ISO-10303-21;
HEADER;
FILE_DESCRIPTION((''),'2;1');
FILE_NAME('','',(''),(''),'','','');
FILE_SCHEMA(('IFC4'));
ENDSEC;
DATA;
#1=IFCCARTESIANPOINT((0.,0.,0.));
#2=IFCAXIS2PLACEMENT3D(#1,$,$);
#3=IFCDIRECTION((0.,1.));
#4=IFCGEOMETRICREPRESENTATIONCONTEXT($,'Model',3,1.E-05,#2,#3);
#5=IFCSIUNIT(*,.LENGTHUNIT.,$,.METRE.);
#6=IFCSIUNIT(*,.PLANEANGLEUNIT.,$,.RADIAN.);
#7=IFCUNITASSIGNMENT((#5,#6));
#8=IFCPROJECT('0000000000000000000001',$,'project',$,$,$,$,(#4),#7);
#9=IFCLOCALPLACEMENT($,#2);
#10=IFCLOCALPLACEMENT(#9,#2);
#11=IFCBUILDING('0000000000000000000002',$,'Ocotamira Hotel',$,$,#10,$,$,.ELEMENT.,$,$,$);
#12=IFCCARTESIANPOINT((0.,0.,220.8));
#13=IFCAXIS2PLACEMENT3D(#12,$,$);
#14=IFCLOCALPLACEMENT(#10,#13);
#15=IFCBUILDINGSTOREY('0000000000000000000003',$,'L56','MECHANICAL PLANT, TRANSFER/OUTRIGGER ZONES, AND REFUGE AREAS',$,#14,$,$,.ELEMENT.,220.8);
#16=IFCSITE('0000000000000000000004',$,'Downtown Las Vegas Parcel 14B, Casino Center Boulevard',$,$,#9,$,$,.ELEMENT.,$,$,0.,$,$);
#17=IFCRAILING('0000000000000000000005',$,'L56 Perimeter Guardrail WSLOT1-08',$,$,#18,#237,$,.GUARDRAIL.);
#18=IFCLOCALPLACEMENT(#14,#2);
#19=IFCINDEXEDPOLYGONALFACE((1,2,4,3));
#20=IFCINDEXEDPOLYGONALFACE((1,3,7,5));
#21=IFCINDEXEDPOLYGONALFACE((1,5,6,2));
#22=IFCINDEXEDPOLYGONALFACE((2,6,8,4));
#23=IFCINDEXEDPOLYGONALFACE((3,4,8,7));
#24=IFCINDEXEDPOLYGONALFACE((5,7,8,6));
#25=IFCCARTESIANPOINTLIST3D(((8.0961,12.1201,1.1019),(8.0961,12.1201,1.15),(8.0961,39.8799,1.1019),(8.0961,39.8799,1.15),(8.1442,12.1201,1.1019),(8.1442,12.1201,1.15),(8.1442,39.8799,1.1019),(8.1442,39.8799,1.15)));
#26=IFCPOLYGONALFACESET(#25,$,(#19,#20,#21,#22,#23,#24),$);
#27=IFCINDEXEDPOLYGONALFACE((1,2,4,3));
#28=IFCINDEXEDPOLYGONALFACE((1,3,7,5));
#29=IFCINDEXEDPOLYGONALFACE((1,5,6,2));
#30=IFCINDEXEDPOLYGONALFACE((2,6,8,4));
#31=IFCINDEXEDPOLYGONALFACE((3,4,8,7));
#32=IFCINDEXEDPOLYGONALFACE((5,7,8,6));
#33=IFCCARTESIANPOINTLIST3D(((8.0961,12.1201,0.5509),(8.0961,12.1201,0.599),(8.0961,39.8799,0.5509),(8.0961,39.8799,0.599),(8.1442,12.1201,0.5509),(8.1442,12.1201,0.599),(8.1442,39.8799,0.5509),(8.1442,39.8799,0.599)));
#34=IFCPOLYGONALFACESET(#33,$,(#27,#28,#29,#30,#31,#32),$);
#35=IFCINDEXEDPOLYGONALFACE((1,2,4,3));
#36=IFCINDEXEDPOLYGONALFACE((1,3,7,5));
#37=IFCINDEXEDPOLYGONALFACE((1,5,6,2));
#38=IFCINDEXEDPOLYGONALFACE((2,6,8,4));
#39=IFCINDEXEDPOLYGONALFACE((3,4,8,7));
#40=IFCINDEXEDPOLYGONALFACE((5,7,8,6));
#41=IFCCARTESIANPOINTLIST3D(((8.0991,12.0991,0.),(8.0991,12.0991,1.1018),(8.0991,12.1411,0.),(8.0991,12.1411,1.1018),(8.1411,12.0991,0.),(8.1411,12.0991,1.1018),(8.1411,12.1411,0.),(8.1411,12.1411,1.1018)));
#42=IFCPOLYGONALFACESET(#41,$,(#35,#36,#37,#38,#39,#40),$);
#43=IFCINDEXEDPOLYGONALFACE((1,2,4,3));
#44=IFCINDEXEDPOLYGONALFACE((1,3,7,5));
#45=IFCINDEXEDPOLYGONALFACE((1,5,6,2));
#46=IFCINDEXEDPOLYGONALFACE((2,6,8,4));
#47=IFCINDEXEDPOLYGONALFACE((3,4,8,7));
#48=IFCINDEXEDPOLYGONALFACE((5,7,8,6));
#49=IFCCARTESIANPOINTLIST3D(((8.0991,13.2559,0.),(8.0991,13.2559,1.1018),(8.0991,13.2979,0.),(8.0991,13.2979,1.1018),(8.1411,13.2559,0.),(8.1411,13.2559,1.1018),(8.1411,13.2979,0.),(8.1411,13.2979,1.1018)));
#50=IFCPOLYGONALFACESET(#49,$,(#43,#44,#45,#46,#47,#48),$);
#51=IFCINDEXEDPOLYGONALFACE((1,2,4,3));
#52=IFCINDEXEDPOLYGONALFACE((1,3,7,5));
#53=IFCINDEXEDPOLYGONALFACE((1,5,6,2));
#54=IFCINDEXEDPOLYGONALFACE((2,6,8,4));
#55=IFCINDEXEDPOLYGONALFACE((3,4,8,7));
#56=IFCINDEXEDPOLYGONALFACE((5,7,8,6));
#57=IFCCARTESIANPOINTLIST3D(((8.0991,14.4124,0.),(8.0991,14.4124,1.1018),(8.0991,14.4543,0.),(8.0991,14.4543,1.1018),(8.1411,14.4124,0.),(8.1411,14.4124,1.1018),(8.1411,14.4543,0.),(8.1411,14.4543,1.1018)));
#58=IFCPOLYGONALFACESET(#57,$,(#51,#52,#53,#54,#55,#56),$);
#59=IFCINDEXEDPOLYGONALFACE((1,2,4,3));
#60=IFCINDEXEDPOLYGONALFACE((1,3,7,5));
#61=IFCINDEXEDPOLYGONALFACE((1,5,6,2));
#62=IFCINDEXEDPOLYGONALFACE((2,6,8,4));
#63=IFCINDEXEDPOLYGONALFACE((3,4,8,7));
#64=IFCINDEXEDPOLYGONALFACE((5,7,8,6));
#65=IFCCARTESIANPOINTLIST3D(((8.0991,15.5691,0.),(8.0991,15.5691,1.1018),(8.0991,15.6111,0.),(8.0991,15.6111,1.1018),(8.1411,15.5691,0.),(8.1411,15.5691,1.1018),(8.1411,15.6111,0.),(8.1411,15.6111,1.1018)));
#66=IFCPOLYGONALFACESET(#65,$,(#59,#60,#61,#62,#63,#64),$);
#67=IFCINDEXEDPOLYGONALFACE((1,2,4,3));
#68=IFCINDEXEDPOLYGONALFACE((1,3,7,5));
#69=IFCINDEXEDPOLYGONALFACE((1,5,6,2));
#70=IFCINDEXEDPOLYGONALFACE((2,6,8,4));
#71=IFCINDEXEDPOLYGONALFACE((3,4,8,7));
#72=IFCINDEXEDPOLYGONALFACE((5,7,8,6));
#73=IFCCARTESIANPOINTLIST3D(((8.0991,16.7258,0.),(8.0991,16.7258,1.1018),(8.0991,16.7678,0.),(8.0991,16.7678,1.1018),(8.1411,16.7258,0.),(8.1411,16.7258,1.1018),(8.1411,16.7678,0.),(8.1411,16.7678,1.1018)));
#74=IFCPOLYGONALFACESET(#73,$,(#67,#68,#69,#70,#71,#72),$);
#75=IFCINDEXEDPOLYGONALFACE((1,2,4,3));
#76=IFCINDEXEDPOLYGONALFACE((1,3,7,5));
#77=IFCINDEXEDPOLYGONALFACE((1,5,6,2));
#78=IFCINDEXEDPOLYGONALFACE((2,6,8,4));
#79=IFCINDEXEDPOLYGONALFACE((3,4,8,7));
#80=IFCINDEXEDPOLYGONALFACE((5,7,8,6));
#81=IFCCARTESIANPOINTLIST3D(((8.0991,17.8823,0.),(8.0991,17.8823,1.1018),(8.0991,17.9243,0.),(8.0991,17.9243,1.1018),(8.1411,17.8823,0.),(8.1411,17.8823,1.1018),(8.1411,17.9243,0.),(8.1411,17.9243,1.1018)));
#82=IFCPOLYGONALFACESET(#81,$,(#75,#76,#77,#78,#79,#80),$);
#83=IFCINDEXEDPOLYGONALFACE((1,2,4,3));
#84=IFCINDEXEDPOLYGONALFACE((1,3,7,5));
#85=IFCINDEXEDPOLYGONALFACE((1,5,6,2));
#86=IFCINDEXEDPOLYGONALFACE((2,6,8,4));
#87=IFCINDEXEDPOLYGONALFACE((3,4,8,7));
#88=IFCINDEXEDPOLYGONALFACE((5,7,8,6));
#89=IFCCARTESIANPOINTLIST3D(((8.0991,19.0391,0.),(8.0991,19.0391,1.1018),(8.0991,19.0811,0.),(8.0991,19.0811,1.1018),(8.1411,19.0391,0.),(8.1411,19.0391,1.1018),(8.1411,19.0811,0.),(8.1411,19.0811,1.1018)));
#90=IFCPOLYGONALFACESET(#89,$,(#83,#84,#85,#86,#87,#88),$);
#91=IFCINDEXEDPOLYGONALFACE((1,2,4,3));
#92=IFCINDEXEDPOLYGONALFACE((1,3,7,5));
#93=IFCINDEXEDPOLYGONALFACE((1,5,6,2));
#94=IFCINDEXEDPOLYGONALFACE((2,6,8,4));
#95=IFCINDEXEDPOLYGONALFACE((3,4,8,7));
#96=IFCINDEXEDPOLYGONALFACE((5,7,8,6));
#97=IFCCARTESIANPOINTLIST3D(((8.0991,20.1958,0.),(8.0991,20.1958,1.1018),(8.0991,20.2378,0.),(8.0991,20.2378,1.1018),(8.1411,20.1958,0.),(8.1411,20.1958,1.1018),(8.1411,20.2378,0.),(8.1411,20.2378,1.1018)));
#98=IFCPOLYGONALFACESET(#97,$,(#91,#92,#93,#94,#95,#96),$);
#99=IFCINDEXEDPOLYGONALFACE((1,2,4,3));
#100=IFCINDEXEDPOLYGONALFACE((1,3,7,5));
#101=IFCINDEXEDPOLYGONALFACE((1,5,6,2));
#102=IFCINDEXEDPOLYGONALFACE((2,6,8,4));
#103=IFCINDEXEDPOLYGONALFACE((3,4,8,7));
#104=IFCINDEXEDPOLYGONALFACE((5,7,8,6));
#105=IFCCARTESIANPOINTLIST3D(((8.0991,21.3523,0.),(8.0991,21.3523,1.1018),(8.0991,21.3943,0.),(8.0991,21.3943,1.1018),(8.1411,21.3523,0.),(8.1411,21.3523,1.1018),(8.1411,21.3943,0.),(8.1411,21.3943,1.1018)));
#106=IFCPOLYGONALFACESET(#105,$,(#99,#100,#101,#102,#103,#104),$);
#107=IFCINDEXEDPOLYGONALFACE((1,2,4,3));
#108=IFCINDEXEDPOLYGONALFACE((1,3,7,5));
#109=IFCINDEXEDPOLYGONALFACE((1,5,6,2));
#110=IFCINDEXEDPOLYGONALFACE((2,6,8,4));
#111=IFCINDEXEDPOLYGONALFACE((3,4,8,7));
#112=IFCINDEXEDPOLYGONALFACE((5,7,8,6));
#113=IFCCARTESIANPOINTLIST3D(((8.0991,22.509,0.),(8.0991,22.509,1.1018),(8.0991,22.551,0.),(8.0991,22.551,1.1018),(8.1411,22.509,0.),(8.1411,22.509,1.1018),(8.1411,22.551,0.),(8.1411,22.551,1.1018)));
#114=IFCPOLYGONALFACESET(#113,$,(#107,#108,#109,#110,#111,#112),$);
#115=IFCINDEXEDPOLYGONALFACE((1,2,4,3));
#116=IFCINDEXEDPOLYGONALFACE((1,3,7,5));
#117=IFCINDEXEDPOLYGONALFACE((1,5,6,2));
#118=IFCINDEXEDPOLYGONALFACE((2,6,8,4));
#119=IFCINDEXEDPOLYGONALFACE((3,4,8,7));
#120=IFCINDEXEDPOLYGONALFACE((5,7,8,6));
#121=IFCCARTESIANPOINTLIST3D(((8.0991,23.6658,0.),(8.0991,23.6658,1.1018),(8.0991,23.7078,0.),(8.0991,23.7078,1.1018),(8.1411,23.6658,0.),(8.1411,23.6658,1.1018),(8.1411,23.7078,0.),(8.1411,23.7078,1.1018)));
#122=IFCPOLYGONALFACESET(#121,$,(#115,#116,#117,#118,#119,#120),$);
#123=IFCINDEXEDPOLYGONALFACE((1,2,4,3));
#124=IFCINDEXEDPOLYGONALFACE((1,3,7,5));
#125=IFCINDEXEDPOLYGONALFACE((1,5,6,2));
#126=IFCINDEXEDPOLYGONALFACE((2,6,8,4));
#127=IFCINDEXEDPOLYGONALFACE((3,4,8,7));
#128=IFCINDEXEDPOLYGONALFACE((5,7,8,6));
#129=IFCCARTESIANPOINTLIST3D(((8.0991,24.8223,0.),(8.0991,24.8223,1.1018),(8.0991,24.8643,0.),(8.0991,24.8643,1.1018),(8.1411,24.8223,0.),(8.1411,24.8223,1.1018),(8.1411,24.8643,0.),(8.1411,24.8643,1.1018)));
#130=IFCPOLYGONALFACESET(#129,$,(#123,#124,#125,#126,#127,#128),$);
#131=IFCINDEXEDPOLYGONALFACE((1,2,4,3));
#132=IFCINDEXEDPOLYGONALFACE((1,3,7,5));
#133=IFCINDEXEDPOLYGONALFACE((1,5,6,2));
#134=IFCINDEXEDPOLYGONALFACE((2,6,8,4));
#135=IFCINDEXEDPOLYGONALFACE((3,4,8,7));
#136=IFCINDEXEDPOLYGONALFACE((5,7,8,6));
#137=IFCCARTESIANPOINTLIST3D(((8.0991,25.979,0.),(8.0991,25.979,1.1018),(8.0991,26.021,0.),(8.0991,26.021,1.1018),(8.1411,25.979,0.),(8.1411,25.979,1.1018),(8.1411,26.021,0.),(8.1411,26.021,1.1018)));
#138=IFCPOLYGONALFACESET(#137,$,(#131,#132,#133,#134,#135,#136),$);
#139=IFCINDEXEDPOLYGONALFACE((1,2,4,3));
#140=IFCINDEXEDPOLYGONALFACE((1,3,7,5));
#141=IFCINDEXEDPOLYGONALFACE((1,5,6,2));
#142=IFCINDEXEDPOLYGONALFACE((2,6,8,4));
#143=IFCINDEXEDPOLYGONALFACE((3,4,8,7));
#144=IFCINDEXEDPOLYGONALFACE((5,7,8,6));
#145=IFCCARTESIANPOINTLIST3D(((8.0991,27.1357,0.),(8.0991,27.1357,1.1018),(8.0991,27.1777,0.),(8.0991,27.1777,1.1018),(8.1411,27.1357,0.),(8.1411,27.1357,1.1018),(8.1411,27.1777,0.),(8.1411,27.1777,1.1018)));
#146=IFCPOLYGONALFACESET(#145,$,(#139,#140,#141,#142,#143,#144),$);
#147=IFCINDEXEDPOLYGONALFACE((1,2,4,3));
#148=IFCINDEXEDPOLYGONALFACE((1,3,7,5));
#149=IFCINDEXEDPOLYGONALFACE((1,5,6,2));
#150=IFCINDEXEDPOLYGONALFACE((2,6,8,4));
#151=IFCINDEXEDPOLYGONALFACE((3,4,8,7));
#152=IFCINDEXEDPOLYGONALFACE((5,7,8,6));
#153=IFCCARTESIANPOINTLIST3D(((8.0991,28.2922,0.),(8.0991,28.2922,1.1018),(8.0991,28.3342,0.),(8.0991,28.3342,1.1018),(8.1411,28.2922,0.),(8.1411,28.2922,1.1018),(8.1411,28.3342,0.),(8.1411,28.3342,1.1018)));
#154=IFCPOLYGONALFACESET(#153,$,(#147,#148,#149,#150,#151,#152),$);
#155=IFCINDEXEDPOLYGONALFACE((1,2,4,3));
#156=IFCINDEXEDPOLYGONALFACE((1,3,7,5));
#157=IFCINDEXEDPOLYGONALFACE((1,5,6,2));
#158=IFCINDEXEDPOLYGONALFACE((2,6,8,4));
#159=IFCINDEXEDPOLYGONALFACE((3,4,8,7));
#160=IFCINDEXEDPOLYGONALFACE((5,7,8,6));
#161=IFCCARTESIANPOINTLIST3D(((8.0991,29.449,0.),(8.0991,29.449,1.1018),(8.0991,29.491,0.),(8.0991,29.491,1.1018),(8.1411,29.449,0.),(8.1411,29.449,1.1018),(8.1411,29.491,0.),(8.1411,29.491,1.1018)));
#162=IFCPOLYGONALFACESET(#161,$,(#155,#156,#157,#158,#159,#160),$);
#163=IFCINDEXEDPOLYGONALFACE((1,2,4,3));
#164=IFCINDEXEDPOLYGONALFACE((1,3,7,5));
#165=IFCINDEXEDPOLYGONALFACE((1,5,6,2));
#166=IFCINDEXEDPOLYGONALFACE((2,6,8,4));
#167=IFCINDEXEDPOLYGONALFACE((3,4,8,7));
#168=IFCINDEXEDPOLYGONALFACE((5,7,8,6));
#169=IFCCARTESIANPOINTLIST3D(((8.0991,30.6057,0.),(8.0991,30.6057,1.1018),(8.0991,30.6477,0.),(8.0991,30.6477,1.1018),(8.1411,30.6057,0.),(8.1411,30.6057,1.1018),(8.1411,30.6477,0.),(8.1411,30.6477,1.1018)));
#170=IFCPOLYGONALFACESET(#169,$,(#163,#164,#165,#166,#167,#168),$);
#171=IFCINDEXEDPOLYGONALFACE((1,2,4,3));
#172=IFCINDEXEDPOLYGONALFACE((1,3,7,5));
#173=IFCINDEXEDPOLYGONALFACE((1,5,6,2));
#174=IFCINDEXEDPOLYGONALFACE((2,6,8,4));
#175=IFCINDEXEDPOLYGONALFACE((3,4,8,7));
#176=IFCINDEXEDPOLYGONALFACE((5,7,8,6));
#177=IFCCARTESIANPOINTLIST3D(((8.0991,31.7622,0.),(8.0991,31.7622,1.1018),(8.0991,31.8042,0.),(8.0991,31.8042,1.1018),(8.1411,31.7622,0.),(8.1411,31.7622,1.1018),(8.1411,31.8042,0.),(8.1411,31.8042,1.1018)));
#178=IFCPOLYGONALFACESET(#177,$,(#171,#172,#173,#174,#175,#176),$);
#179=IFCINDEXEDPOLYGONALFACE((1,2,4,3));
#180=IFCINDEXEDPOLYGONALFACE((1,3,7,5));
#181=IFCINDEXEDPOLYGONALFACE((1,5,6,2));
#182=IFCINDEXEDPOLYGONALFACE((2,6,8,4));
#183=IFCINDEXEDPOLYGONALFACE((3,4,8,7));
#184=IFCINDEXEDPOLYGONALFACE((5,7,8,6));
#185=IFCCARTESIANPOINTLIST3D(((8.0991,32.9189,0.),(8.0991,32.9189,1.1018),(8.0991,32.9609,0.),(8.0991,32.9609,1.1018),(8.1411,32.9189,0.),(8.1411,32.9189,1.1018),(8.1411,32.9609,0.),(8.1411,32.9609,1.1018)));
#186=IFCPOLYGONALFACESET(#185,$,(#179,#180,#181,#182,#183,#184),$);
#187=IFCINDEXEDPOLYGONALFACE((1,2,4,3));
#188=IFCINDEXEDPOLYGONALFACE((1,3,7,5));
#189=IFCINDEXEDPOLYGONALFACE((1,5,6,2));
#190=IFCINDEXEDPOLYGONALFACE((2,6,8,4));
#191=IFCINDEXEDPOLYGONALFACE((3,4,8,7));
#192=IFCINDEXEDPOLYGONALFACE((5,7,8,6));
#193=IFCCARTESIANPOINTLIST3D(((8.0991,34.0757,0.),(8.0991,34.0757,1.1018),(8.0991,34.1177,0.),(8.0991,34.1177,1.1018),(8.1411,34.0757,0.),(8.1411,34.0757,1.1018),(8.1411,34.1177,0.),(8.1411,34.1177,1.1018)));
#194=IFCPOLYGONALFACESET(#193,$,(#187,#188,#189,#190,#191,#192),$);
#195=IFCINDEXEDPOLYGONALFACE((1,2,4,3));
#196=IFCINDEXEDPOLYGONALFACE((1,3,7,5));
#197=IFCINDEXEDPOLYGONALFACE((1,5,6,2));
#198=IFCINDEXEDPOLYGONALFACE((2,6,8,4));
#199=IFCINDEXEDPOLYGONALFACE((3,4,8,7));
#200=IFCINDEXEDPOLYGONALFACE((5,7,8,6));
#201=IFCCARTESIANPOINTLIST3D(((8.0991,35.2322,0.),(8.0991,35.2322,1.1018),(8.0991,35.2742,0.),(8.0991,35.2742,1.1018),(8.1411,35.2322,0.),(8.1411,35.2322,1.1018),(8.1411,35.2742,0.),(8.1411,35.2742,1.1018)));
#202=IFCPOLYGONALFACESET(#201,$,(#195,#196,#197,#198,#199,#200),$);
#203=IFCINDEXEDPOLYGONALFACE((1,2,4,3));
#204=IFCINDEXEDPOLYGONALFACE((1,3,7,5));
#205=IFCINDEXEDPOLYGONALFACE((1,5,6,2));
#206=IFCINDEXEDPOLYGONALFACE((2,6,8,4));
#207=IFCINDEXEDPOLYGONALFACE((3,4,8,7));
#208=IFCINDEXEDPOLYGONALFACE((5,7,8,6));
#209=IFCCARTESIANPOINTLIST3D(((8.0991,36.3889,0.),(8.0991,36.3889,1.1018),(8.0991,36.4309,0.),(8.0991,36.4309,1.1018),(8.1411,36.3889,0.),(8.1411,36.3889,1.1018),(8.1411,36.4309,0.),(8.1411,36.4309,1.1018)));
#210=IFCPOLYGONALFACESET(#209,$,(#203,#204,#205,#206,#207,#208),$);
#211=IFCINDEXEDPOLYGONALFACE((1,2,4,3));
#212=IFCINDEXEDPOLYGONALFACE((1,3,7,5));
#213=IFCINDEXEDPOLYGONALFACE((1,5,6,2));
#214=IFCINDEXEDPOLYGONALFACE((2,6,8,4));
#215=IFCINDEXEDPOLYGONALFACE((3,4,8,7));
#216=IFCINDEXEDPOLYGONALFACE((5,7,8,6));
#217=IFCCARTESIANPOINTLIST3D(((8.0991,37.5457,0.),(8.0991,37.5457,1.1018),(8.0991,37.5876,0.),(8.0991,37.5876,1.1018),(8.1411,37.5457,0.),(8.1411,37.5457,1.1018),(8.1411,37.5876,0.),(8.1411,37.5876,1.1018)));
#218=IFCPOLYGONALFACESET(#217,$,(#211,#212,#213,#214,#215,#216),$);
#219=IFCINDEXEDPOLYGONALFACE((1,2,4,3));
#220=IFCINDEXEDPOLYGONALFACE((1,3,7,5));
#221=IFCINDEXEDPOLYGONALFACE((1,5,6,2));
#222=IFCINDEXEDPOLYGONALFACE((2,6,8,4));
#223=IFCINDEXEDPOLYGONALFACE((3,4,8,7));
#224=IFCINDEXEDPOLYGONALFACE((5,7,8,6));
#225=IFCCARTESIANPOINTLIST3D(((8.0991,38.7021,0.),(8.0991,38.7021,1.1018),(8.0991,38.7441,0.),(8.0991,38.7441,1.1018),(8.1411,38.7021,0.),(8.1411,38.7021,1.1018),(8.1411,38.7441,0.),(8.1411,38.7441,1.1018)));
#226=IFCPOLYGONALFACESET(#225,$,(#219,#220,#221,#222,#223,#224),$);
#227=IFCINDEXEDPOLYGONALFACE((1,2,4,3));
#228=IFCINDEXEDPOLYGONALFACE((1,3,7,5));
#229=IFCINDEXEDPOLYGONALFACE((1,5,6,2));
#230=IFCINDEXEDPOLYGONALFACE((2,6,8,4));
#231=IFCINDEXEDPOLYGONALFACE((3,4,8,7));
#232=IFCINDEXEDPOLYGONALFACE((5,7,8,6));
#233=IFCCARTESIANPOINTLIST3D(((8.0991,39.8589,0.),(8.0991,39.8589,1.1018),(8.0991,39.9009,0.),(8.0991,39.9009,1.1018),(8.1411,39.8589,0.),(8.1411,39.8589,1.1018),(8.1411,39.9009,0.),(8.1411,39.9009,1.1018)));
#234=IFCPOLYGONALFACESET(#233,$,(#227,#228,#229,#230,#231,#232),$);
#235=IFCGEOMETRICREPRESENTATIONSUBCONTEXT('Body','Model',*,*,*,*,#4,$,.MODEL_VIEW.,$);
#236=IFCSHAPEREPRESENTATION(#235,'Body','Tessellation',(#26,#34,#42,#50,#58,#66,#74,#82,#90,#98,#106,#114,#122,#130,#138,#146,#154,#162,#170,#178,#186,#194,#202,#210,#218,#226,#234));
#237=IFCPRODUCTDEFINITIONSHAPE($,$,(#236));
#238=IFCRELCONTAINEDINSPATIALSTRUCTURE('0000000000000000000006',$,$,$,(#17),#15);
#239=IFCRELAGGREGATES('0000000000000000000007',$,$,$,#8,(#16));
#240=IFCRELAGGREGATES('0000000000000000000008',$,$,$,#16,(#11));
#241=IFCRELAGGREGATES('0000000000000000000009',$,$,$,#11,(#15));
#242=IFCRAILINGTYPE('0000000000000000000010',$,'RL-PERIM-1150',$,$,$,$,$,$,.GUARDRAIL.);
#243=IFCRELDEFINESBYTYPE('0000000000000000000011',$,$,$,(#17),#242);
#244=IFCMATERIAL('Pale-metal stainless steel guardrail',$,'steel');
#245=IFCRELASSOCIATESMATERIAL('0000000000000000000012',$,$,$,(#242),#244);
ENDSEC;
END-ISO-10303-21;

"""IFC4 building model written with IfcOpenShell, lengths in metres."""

from ifc_helpers import new_model, si_unit, direction, frame, origin, origin_2d, place, context, subcontext, project, spatial, rectangle, extrude, material, type_object, element, save


model = new_model("IFC4")

# Units and contexts
model_context = context("Model", 3, precision=1e-05, world=origin(), true_north=direction((0.0, 1.0)))
body_context = subcontext(model_context, "Body", "Model", "MODEL_VIEW")
ifc_project = project(units=[si_unit("LENGTHUNIT", "METRE"), si_unit("PLANEANGLEUNIT", "RADIAN")], contexts=[model_context])

# Site, building, storey
site_placement = place(None, origin())
site = spatial("IfcSite", under=ifc_project, at=site_placement, Name="Downtown Las Vegas Parcel 14B, Casino Center Boulevard", CompositionType="ELEMENT", RefElevation=0.0)
building_placement = place(site_placement, origin())
building = spatial("IfcBuilding", under=site, at=building_placement, Name="Ocotamira Hotel", CompositionType="ELEMENT")
storey_placement = place(building_placement, frame((0.0, 0.0, 220.8)))
storey = spatial("IfcBuildingStorey", under=building, at=storey_placement, Name="L56", Description="MECHANICAL PLANT, TRANSFER/OUTRIGGER ZONES, AND REFUGE AREAS", CompositionType="ELEMENT", Elevation=220.8)

# Railing
ifc_material_1 = material(Name="Pale-metal stainless steel guardrail", Category="steel")
railing_type = type_object("IfcRailingType", Name="RL-PERIM-1150", PredefinedType="GUARDRAIL", material=ifc_material_1)
railing_1_placement = place(storey_placement, frame((8.1201, 12.1201, 0.0)))
element("IfcRailing", 1, at=railing_1_placement, inside=storey, type_object=railing_type, Name="L56 Perimeter Guardrail WSLOT1-08", PredefinedType="GUARDRAIL", context=body_context, shape_type="SweptSolid", body=[
    extrude(rectangle(XDim=0.0481, YDim=0.0481, at=origin_2d()), frame((0.0, 0.0, 1.126), z_axis=(0.0, 1.0, 0.0), x_axis=(-1.0, 0.0, 0.0)), (0.0, 0.0, 1.0), 27.7598),
    extrude(rectangle(XDim=0.0481, YDim=0.0481, at=origin_2d()), frame((0.0, 0.0, 0.575), z_axis=(0.0, 1.0, 0.0), x_axis=(-1.0, 0.0, 0.0)), (0.0, 0.0, 1.0), 27.7598),
    extrude(rectangle(XDim=0.042, YDim=0.042, at=origin_2d()), origin(), (0.0, 0.0, 1.0), 1.1018),
    extrude(rectangle(XDim=0.042, YDim=0.042, at=origin_2d()), frame((0.0, 1.1567, 0.0)), (0.0, 0.0, 1.0), 1.1018),
    extrude(rectangle(XDim=0.042, YDim=0.042, at=origin_2d()), frame((0.0, 2.3132, 0.0)), (0.0, 0.0, 1.0), 1.1018),
    extrude(rectangle(XDim=0.042, YDim=0.042, at=origin_2d()), frame((0.0, 3.47, 0.0)), (0.0, 0.0, 1.0), 1.1018),
    extrude(rectangle(XDim=0.042, YDim=0.042, at=origin_2d()), frame((0.0, 4.6267, 0.0)), (0.0, 0.0, 1.0), 1.1018),
    extrude(rectangle(XDim=0.042, YDim=0.042, at=origin_2d()), frame((0.0, 5.7832, 0.0)), (0.0, 0.0, 1.0), 1.1018),
    extrude(rectangle(XDim=0.042, YDim=0.042, at=origin_2d()), frame((0.0, 6.9399, 0.0)), (0.0, 0.0, 1.0), 1.1018),
    extrude(rectangle(XDim=0.042, YDim=0.042, at=origin_2d()), frame((0.0, 8.0967, 0.0)), (0.0, 0.0, 1.0), 1.1018),
    extrude(rectangle(XDim=0.042, YDim=0.042, at=origin_2d()), frame((0.0, 9.2532, 0.0)), (0.0, 0.0, 1.0), 1.1018),
    extrude(rectangle(XDim=0.042, YDim=0.042, at=origin_2d()), frame((0.0, 10.4099, 0.0)), (0.0, 0.0, 1.0), 1.1018),
    extrude(rectangle(XDim=0.042, YDim=0.042, at=origin_2d()), frame((0.0, 11.5667, 0.0)), (0.0, 0.0, 1.0), 1.1018),
    extrude(rectangle(XDim=0.042, YDim=0.042, at=origin_2d()), frame((0.0, 12.7231, 0.0)), (0.0, 0.0, 1.0), 1.1018),
    extrude(rectangle(XDim=0.042, YDim=0.042, at=origin_2d()), frame((0.0, 13.8799, 0.0)), (0.0, 0.0, 1.0), 1.1018),
    extrude(rectangle(XDim=0.042, YDim=0.042, at=origin_2d()), frame((0.0, 15.0366, 0.0)), (0.0, 0.0, 1.0), 1.1018),
    extrude(rectangle(XDim=0.042, YDim=0.042, at=origin_2d()), frame((0.0, 16.1931, 0.0)), (0.0, 0.0, 1.0), 1.1018),
    extrude(rectangle(XDim=0.042, YDim=0.042, at=origin_2d()), frame((0.0, 17.3499, 0.0)), (0.0, 0.0, 1.0), 1.1018),
    extrude(rectangle(XDim=0.042, YDim=0.042, at=origin_2d()), frame((0.0, 18.5066, 0.0)), (0.0, 0.0, 1.0), 1.1018),
    extrude(rectangle(XDim=0.042, YDim=0.042, at=origin_2d()), frame((0.0, 19.6631, 0.0)), (0.0, 0.0, 1.0), 1.1018),
    extrude(rectangle(XDim=0.042, YDim=0.042, at=origin_2d()), frame((0.0, 20.8198, 0.0)), (0.0, 0.0, 1.0), 1.1018),
    extrude(rectangle(XDim=0.042, YDim=0.042, at=origin_2d()), frame((0.0, 21.9766, 0.0)), (0.0, 0.0, 1.0), 1.1018),
    extrude(rectangle(XDim=0.042, YDim=0.042, at=origin_2d()), frame((0.0, 23.1331, 0.0)), (0.0, 0.0, 1.0), 1.1018),
    extrude(rectangle(XDim=0.042, YDim=0.042, at=origin_2d()), frame((0.0, 24.2898, 0.0)), (0.0, 0.0, 1.0), 1.1018),
    extrude(rectangle(XDim=0.042, YDim=0.042, at=origin_2d()), frame((0.0, 25.4465, 0.0)), (0.0, 0.0, 1.0), 1.1018),
    extrude(rectangle(XDim=0.042, YDim=0.042, at=origin_2d()), frame((0.0, 26.603, 0.0)), (0.0, 0.0, 1.0), 1.1018),
    extrude(rectangle(XDim=0.042, YDim=0.042, at=origin_2d()), frame((0.0, 27.7598, 0.0)), (0.0, 0.0, 1.0), 1.1018),
])

save(model, "model.ifc")
